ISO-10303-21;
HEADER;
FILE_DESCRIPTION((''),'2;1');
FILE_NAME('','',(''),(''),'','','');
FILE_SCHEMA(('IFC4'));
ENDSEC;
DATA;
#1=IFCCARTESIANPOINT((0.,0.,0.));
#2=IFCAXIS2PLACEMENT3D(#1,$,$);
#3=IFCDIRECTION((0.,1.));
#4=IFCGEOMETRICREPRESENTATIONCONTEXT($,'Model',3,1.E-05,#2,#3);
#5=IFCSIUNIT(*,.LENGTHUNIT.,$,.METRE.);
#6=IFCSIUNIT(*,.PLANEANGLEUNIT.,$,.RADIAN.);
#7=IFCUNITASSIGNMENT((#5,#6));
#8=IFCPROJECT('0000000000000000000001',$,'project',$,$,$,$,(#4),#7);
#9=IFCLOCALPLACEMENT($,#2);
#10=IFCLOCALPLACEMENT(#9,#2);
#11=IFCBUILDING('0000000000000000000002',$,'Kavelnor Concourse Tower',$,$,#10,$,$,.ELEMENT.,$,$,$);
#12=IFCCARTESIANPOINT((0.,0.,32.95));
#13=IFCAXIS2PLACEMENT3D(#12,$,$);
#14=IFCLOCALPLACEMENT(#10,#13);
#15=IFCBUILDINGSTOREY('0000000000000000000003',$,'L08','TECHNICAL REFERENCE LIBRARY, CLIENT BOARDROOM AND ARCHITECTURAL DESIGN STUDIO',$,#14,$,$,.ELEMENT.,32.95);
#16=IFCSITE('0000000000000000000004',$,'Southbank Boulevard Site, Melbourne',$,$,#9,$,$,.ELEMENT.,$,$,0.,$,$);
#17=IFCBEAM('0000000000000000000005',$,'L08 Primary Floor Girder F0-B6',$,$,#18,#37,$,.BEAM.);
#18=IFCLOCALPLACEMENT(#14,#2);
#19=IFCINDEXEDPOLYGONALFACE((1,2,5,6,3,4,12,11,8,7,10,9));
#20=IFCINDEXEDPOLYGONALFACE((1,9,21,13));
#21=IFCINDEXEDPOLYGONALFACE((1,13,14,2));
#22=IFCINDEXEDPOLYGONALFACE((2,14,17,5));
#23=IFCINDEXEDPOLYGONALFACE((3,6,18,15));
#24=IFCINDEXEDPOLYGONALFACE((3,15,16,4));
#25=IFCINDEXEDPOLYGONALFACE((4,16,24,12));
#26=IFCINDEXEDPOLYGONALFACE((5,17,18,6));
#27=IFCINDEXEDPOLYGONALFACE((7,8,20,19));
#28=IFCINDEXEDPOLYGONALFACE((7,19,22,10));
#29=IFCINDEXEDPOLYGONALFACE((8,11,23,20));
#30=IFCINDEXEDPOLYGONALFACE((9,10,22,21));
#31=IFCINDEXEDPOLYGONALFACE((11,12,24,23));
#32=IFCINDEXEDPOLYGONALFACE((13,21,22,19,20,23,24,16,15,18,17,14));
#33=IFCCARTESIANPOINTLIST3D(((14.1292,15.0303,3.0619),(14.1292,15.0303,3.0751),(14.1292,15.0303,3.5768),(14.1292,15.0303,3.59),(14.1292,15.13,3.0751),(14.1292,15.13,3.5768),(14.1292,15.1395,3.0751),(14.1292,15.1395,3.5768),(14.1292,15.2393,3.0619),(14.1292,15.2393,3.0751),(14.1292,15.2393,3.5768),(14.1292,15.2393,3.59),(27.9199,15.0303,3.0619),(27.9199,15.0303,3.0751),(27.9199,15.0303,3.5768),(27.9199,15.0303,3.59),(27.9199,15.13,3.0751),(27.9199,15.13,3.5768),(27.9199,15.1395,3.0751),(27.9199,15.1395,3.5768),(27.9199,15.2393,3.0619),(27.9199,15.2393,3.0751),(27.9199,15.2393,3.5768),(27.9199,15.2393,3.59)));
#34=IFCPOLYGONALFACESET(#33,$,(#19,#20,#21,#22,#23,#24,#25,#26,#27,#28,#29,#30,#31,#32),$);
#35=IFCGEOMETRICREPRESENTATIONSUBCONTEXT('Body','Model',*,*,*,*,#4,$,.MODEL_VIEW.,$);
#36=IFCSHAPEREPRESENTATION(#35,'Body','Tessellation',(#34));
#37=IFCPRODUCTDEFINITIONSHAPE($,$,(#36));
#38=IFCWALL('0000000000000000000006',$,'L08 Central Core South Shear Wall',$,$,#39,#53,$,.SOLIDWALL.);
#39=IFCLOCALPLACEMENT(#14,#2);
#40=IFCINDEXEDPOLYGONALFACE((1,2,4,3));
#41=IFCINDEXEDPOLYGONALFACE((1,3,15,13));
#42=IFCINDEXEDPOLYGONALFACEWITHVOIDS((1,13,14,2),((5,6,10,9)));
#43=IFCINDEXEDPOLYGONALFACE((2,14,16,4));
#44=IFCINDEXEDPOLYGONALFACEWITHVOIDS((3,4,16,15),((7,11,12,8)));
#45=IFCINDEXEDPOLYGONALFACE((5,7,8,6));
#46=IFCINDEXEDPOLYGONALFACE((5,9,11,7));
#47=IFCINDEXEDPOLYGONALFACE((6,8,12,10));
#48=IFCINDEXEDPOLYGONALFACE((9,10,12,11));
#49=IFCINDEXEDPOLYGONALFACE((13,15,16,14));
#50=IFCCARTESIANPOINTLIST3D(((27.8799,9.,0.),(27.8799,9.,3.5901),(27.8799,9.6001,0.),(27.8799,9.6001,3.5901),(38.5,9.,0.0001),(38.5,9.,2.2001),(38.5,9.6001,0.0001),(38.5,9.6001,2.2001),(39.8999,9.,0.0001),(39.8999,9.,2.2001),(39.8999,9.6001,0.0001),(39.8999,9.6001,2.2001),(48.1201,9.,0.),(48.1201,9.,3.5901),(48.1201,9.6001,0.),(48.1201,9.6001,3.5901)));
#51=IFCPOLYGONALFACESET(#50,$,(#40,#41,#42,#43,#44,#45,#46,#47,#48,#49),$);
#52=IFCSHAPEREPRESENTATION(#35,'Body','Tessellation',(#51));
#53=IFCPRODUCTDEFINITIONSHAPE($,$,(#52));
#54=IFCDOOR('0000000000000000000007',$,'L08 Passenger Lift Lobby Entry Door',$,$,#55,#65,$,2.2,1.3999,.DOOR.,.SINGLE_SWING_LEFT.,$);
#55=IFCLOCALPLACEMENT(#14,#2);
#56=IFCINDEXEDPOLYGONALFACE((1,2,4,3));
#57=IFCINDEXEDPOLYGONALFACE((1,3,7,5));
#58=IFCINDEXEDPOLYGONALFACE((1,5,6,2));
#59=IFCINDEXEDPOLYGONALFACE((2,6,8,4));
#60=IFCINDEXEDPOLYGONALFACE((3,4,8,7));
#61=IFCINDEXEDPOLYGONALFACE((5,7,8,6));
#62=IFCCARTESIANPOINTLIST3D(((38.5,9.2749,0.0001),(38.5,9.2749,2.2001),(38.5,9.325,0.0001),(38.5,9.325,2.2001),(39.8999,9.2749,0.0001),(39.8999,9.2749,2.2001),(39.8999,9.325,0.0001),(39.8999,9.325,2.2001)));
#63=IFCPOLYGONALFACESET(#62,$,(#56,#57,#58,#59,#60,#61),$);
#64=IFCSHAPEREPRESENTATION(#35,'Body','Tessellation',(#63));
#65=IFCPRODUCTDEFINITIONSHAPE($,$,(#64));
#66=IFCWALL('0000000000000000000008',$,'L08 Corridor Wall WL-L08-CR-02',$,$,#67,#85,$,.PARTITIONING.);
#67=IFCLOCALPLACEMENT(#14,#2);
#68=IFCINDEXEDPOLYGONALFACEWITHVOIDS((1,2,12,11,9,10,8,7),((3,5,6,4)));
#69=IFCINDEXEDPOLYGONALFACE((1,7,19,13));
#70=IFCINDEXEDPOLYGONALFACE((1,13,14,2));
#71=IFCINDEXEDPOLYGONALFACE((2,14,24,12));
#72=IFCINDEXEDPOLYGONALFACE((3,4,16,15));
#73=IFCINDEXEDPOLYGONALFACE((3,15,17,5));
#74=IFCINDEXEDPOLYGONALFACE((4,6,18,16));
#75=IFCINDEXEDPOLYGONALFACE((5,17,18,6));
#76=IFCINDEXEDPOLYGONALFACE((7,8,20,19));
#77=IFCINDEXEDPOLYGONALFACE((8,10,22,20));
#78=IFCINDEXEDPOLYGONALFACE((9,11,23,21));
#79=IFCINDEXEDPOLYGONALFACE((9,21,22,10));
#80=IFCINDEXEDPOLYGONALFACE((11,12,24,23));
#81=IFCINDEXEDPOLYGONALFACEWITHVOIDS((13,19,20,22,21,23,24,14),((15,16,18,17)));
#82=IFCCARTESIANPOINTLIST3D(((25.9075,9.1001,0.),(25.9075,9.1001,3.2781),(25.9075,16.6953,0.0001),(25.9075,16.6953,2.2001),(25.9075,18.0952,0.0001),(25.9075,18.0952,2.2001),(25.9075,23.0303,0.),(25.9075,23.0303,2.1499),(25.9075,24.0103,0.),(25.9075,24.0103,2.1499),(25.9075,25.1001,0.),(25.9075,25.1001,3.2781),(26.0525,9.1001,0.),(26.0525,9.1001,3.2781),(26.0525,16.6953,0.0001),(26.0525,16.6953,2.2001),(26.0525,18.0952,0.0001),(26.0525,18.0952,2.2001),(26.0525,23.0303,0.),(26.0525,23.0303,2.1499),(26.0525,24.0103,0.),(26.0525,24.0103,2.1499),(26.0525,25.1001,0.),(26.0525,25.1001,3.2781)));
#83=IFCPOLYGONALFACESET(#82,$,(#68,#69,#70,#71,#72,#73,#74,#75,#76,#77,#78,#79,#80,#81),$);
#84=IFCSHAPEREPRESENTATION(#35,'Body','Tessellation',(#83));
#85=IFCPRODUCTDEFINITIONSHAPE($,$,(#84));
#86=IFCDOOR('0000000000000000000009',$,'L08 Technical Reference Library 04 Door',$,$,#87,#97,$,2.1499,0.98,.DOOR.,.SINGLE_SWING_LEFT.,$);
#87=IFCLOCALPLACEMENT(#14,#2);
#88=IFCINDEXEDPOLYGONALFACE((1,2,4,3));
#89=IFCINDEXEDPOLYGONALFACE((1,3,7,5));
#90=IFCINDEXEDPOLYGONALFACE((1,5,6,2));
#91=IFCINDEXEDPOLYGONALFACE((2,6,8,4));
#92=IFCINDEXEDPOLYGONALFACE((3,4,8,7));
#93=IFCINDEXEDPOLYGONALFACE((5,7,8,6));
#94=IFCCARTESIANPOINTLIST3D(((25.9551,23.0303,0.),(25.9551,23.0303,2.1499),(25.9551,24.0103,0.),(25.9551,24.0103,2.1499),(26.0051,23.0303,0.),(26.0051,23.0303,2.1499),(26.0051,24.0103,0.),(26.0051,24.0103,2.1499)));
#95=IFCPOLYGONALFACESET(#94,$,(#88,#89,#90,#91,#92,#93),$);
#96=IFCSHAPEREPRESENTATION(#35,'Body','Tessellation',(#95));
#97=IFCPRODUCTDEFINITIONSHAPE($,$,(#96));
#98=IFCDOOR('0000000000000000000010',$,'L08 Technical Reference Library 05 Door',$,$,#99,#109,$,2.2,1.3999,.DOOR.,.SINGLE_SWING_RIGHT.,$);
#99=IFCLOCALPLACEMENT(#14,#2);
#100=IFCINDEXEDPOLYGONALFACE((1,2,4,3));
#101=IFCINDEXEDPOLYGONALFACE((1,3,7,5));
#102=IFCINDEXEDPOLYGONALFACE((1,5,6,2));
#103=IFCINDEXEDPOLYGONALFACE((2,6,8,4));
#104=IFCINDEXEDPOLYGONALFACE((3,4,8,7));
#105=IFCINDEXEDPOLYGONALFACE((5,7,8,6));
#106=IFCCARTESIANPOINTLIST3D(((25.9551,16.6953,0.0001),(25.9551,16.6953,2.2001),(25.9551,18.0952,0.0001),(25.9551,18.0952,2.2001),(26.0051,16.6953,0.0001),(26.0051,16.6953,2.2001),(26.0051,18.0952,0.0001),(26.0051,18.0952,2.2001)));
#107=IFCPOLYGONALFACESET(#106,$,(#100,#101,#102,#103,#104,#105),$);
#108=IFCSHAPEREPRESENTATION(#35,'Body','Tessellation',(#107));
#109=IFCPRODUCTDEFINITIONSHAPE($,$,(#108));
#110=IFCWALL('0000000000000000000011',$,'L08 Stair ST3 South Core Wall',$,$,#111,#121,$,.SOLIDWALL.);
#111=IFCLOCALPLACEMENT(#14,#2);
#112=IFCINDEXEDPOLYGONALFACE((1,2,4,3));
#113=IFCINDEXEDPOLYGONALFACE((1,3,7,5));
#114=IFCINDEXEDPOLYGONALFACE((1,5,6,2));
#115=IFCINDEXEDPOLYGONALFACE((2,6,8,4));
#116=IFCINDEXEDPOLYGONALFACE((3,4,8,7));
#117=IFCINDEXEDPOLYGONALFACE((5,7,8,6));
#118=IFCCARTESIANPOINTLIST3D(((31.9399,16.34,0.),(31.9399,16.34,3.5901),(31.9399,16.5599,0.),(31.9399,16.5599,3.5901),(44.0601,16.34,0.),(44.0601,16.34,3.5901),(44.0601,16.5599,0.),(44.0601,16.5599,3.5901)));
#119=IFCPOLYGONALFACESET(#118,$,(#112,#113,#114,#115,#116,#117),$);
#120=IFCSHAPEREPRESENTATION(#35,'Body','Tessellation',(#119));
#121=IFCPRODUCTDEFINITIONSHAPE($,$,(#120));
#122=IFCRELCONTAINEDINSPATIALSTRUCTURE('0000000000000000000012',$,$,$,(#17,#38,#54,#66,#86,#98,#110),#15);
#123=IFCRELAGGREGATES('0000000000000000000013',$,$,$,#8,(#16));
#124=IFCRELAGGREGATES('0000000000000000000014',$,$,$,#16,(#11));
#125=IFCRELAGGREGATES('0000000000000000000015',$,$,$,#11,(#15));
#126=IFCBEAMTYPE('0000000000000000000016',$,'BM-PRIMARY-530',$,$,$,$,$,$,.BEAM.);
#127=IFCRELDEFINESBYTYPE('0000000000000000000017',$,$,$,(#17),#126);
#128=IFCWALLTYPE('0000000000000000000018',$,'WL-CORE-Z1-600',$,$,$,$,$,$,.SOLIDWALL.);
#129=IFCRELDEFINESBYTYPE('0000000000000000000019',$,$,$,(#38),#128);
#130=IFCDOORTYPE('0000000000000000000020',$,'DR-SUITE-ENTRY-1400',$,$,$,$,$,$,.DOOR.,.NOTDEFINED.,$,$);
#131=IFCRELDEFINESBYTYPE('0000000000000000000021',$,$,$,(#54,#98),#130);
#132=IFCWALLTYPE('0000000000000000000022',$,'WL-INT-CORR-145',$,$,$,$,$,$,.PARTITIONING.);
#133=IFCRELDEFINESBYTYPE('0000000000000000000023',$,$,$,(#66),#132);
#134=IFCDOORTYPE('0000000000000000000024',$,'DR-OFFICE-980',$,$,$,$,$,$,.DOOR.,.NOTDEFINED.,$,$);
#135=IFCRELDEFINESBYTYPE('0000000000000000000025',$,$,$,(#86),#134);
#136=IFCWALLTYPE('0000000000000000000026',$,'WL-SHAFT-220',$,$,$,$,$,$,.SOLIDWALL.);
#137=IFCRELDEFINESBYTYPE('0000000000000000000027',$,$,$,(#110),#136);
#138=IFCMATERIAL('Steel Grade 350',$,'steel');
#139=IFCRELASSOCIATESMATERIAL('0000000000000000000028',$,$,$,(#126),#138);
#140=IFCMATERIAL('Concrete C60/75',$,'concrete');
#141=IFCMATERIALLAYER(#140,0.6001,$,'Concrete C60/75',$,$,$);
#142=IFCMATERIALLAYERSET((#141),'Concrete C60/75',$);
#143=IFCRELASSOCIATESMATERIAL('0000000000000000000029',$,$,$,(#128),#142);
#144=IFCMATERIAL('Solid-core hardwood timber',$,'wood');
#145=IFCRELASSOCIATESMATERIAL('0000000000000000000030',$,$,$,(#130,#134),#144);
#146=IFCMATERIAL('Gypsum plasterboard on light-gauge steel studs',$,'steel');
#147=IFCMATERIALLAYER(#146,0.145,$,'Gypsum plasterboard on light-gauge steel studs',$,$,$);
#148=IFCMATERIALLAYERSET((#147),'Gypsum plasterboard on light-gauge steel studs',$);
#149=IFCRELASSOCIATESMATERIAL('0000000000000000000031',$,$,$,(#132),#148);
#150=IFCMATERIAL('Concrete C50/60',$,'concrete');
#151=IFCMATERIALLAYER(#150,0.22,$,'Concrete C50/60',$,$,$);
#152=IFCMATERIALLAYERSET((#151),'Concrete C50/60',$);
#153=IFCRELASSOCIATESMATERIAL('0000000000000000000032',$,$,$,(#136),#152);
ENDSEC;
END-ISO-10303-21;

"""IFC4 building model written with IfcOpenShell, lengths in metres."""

from ifc_helpers import new_model, si_unit, direction, frame, frame_2d, origin, origin_2d, place, context, subcontext, project, spatial, rectangle, i_section, extrude, material, layer, layer_set, material_profile, profile_set, type_object, element, fill, save


model = new_model("IFC4")

# Units and contexts
model_context = context("Model", 3, precision=1e-05, world=origin(), true_north=direction((0.0, 1.0)))
body_context = subcontext(model_context, "Body", "Model", "MODEL_VIEW")
ifc_project = project(units=[si_unit("LENGTHUNIT", "METRE"), si_unit("PLANEANGLEUNIT", "RADIAN")], contexts=[model_context])

# Site, building, storey
site_placement = place(None, origin())
site = spatial("IfcSite", under=ifc_project, at=site_placement, Name="Southbank Boulevard Site, Melbourne", CompositionType="ELEMENT", RefElevation=0.0)
building_placement = place(site_placement, origin())
building = spatial("IfcBuilding", under=site, at=building_placement, Name="Kavelnor Concourse Tower", CompositionType="ELEMENT")
storey_placement = place(building_placement, frame((0.0, 0.0, 32.95)))
storey = spatial("IfcBuildingStorey", under=building, at=storey_placement, Name="L08", Description="TECHNICAL REFERENCE LIBRARY, CLIENT BOARDROOM AND ARCHITECTURAL DESIGN STUDIO", CompositionType="ELEMENT", Elevation=32.95)

# Beam
ifc_material_1 = material(Name="Steel Grade 350", Category="steel")
ifc_material_profile = material_profile(ifc_material_1, i_section(OverallWidth=0.209, OverallDepth=0.5281, WebThickness=0.0095, FlangeThickness=0.0132, at=origin_2d()), Name="530UB82")
ifc_profile_set = profile_set([ifc_material_profile], Name="Steel Grade 350")
beam_type = type_object("IfcBeamType", Name="BM-PRIMARY-530", PredefinedType="BEAM", material=ifc_profile_set)
beam_placement = place(storey_placement, frame((27.9199, 15.1348, 3.3259), z_axis=(-1.0, 0.0, 0.0), x_axis=(0.0, -1.0, 0.0)))
element("IfcBeam", 1, at=beam_placement, inside=storey, type_object=beam_type, Name="L08 Primary Floor Girder F0-B6", PredefinedType="BEAM", context=body_context, shape_type="SweptSolid", body=[
    extrude(i_section(OverallWidth=0.209, OverallDepth=0.5281, WebThickness=0.0095, FlangeThickness=0.0132, at=origin_2d()), origin(), (0.0, 0.0, 1.0), 13.7908),
])

# Wall, opening, door
ifc_material_2 = material(Name="Concrete C60/75", Category="concrete")
ifc_layer_1 = layer(ifc_material_2, 0.6001, Name="Concrete C60/75")
ifc_layer_set_1 = layer_set([ifc_layer_1], Name="Concrete C60/75")
wall_type_1 = type_object("IfcWallType", Name="WL-CORE-Z1-600", PredefinedType="SOLIDWALL", material=ifc_layer_set_1)
wall_1_placement = place(storey_placement, frame((27.8799, 9.3, 0.0), z_axis=(0.0, 0.0, 1.0), x_axis=(1.0, 0.0, 0.0)))
wall_1 = element("IfcWall", 2, at=wall_1_placement, inside=storey, type_object=wall_type_1, Name="L08 Central Core South Shear Wall", PredefinedType="SOLIDWALL", context=body_context, shape_type="SweptSolid", body=[
    extrude(rectangle(XDim=20.2402, YDim=0.6001, at=frame_2d((10.1201, 0.0))), origin(), (0.0, 0.0, 1.0), 3.5901),
])
opening_1_placement = place(wall_1_placement, frame((10.6201, 0.0, 0.0)))
opening_1 = element("IfcOpeningElement", 3, at=opening_1_placement, cuts=wall_1, PredefinedType="OPENING", context=body_context, shape_type="SweptSolid", body=[
    extrude(rectangle(XDim=1.3999, YDim=2.2, at=frame_2d((0.7, 1.1001))), frame((0.0, 0.3101, 0.0), z_axis=(0.0, -1.0, 0.0), x_axis=(1.0, 0.0, 0.0)), (0.0, 0.0, 1.0), 0.6201),
])
ifc_material_3 = material(Name="Solid-core hardwood timber", Category="wood")
door_type_1 = type_object("IfcDoorType", Name="DR-SUITE-ENTRY-1400", OperationType="NOTDEFINED", PredefinedType="DOOR", material=ifc_material_3)
door_1_placement = place(opening_1_placement, origin())
door_1 = element("IfcDoor", 4, at=door_1_placement, inside=storey, type_object=door_type_1, Name="L08 Passenger Lift Lobby Entry Door", OperationType="SINGLE_SWING_LEFT", OverallHeight=2.2, OverallWidth=1.3999, PredefinedType="DOOR", context=body_context, shape_type="SweptSolid", body=[
    extrude(rectangle(XDim=1.3999, YDim=2.2, at=frame_2d((0.7, 1.1001))), frame((0.0, 0.0249, 0.0), z_axis=(0.0, -1.0, 0.0), x_axis=(1.0, 0.0, 0.0)), (0.0, 0.0, 1.0), 0.05),
])
fill(opening_1, door_1)

# Wall, openings, doors
ifc_material_4 = material(Name="Gypsum plasterboard on light-gauge steel studs", Category="steel")
ifc_layer_2 = layer(ifc_material_4, 0.145, Name="Gypsum plasterboard on light-gauge steel studs")
ifc_layer_set_2 = layer_set([ifc_layer_2], Name="Gypsum plasterboard on light-gauge steel studs")
wall_type_2 = type_object("IfcWallType", Name="WL-INT-CORR-145", PredefinedType="PARTITIONING", material=ifc_layer_set_2)
wall_2_placement = place(storey_placement, frame((25.98, 9.1001, 0.0), z_axis=(0.0, 0.0, 1.0), x_axis=(0.0, 1.0, 0.0)))
wall_2 = element("IfcWall", 5, at=wall_2_placement, inside=storey, type_object=wall_type_2, Name="L08 Corridor Wall WL-L08-CR-02", PredefinedType="PARTITIONING", context=body_context, shape_type="SweptSolid", body=[
    extrude(rectangle(XDim=16.0, YDim=0.145, at=frame_2d((8.0, 0.0))), origin(), (0.0, 0.0, 1.0), 3.2781),
])
opening_2_placement = place(wall_2_placement, frame((13.9302, 0.0, 0.0)))
opening_2 = element("IfcOpeningElement", 6, at=opening_2_placement, cuts=wall_2, PredefinedType="OPENING", context=body_context, shape_type="SweptSolid", body=[
    extrude(rectangle(XDim=0.98, YDim=2.1499, at=frame_2d((0.49, 1.075))), frame((0.0, 0.0825, 0.0), z_axis=(0.0, -1.0, 0.0), x_axis=(1.0, 0.0, 0.0)), (0.0, 0.0, 1.0), 0.165),
])
opening_3_placement = place(wall_2_placement, frame((7.5952, 0.0, 0.0)))
opening_3 = element("IfcOpeningElement", 7, at=opening_3_placement, cuts=wall_2, PredefinedType="OPENING", context=body_context, shape_type="SweptSolid", body=[
    extrude(rectangle(XDim=1.3999, YDim=2.2, at=frame_2d((0.7, 1.1001))), frame((0.0, 0.0825, 0.0), z_axis=(0.0, -1.0, 0.0), x_axis=(1.0, 0.0, 0.0)), (0.0, 0.0, 1.0), 0.165),
])
door_type_2 = type_object("IfcDoorType", Name="DR-OFFICE-980", OperationType="NOTDEFINED", PredefinedType="DOOR", material=ifc_material_3)
door_2_placement = place(opening_2_placement, origin())
door_2 = element("IfcDoor", 8, at=door_2_placement, inside=storey, type_object=door_type_2, Name="L08 Technical Reference Library 04 Door", OperationType="SINGLE_SWING_LEFT", OverallHeight=2.1499, OverallWidth=0.98, PredefinedType="DOOR", context=body_context, shape_type="SweptSolid", body=[
    extrude(rectangle(XDim=0.98, YDim=2.1499, at=frame_2d((0.49, 1.075))), frame((0.0, 0.0249, 0.0), z_axis=(0.0, -1.0, 0.0), x_axis=(1.0, 0.0, 0.0)), (0.0, 0.0, 1.0), 0.05),
])
fill(opening_2, door_2)
door_3_placement = place(opening_3_placement, origin())
door_3 = element("IfcDoor", 9, at=door_3_placement, inside=storey, type_object=door_type_1, Name="L08 Technical Reference Library 05 Door", OperationType="SINGLE_SWING_RIGHT", OverallHeight=2.2, OverallWidth=1.3999, PredefinedType="DOOR", context=body_context, shape_type="SweptSolid", body=[
    extrude(rectangle(XDim=1.3999, YDim=2.2, at=frame_2d((0.7, 1.1001))), frame((0.0, 0.0249, 0.0), z_axis=(0.0, -1.0, 0.0), x_axis=(1.0, 0.0, 0.0)), (0.0, 0.0, 1.0), 0.05),
])
fill(opening_3, door_3)

# Wall
ifc_material_5 = material(Name="Concrete C50/60", Category="concrete")
ifc_layer_3 = layer(ifc_material_5, 0.22, Name="Concrete C50/60")
ifc_layer_set_3 = layer_set([ifc_layer_3], Name="Concrete C50/60")
wall_type_3 = type_object("IfcWallType", Name="WL-SHAFT-220", PredefinedType="SOLIDWALL", material=ifc_layer_set_3)
wall_3_placement = place(storey_placement, frame((31.9399, 16.45, 0.0), z_axis=(0.0, 0.0, 1.0), x_axis=(1.0, 0.0, 0.0)))
element("IfcWall", 10, at=wall_3_placement, inside=storey, type_object=wall_type_3, Name="L08 Stair ST3 South Core Wall", PredefinedType="SOLIDWALL", context=body_context, shape_type="SweptSolid", body=[
    extrude(rectangle(XDim=12.1201, YDim=0.22, at=frame_2d((6.0601, 0.0))), origin(), (0.0, 0.0, 1.0), 3.5901),
])

save(model, "model.ifc")
